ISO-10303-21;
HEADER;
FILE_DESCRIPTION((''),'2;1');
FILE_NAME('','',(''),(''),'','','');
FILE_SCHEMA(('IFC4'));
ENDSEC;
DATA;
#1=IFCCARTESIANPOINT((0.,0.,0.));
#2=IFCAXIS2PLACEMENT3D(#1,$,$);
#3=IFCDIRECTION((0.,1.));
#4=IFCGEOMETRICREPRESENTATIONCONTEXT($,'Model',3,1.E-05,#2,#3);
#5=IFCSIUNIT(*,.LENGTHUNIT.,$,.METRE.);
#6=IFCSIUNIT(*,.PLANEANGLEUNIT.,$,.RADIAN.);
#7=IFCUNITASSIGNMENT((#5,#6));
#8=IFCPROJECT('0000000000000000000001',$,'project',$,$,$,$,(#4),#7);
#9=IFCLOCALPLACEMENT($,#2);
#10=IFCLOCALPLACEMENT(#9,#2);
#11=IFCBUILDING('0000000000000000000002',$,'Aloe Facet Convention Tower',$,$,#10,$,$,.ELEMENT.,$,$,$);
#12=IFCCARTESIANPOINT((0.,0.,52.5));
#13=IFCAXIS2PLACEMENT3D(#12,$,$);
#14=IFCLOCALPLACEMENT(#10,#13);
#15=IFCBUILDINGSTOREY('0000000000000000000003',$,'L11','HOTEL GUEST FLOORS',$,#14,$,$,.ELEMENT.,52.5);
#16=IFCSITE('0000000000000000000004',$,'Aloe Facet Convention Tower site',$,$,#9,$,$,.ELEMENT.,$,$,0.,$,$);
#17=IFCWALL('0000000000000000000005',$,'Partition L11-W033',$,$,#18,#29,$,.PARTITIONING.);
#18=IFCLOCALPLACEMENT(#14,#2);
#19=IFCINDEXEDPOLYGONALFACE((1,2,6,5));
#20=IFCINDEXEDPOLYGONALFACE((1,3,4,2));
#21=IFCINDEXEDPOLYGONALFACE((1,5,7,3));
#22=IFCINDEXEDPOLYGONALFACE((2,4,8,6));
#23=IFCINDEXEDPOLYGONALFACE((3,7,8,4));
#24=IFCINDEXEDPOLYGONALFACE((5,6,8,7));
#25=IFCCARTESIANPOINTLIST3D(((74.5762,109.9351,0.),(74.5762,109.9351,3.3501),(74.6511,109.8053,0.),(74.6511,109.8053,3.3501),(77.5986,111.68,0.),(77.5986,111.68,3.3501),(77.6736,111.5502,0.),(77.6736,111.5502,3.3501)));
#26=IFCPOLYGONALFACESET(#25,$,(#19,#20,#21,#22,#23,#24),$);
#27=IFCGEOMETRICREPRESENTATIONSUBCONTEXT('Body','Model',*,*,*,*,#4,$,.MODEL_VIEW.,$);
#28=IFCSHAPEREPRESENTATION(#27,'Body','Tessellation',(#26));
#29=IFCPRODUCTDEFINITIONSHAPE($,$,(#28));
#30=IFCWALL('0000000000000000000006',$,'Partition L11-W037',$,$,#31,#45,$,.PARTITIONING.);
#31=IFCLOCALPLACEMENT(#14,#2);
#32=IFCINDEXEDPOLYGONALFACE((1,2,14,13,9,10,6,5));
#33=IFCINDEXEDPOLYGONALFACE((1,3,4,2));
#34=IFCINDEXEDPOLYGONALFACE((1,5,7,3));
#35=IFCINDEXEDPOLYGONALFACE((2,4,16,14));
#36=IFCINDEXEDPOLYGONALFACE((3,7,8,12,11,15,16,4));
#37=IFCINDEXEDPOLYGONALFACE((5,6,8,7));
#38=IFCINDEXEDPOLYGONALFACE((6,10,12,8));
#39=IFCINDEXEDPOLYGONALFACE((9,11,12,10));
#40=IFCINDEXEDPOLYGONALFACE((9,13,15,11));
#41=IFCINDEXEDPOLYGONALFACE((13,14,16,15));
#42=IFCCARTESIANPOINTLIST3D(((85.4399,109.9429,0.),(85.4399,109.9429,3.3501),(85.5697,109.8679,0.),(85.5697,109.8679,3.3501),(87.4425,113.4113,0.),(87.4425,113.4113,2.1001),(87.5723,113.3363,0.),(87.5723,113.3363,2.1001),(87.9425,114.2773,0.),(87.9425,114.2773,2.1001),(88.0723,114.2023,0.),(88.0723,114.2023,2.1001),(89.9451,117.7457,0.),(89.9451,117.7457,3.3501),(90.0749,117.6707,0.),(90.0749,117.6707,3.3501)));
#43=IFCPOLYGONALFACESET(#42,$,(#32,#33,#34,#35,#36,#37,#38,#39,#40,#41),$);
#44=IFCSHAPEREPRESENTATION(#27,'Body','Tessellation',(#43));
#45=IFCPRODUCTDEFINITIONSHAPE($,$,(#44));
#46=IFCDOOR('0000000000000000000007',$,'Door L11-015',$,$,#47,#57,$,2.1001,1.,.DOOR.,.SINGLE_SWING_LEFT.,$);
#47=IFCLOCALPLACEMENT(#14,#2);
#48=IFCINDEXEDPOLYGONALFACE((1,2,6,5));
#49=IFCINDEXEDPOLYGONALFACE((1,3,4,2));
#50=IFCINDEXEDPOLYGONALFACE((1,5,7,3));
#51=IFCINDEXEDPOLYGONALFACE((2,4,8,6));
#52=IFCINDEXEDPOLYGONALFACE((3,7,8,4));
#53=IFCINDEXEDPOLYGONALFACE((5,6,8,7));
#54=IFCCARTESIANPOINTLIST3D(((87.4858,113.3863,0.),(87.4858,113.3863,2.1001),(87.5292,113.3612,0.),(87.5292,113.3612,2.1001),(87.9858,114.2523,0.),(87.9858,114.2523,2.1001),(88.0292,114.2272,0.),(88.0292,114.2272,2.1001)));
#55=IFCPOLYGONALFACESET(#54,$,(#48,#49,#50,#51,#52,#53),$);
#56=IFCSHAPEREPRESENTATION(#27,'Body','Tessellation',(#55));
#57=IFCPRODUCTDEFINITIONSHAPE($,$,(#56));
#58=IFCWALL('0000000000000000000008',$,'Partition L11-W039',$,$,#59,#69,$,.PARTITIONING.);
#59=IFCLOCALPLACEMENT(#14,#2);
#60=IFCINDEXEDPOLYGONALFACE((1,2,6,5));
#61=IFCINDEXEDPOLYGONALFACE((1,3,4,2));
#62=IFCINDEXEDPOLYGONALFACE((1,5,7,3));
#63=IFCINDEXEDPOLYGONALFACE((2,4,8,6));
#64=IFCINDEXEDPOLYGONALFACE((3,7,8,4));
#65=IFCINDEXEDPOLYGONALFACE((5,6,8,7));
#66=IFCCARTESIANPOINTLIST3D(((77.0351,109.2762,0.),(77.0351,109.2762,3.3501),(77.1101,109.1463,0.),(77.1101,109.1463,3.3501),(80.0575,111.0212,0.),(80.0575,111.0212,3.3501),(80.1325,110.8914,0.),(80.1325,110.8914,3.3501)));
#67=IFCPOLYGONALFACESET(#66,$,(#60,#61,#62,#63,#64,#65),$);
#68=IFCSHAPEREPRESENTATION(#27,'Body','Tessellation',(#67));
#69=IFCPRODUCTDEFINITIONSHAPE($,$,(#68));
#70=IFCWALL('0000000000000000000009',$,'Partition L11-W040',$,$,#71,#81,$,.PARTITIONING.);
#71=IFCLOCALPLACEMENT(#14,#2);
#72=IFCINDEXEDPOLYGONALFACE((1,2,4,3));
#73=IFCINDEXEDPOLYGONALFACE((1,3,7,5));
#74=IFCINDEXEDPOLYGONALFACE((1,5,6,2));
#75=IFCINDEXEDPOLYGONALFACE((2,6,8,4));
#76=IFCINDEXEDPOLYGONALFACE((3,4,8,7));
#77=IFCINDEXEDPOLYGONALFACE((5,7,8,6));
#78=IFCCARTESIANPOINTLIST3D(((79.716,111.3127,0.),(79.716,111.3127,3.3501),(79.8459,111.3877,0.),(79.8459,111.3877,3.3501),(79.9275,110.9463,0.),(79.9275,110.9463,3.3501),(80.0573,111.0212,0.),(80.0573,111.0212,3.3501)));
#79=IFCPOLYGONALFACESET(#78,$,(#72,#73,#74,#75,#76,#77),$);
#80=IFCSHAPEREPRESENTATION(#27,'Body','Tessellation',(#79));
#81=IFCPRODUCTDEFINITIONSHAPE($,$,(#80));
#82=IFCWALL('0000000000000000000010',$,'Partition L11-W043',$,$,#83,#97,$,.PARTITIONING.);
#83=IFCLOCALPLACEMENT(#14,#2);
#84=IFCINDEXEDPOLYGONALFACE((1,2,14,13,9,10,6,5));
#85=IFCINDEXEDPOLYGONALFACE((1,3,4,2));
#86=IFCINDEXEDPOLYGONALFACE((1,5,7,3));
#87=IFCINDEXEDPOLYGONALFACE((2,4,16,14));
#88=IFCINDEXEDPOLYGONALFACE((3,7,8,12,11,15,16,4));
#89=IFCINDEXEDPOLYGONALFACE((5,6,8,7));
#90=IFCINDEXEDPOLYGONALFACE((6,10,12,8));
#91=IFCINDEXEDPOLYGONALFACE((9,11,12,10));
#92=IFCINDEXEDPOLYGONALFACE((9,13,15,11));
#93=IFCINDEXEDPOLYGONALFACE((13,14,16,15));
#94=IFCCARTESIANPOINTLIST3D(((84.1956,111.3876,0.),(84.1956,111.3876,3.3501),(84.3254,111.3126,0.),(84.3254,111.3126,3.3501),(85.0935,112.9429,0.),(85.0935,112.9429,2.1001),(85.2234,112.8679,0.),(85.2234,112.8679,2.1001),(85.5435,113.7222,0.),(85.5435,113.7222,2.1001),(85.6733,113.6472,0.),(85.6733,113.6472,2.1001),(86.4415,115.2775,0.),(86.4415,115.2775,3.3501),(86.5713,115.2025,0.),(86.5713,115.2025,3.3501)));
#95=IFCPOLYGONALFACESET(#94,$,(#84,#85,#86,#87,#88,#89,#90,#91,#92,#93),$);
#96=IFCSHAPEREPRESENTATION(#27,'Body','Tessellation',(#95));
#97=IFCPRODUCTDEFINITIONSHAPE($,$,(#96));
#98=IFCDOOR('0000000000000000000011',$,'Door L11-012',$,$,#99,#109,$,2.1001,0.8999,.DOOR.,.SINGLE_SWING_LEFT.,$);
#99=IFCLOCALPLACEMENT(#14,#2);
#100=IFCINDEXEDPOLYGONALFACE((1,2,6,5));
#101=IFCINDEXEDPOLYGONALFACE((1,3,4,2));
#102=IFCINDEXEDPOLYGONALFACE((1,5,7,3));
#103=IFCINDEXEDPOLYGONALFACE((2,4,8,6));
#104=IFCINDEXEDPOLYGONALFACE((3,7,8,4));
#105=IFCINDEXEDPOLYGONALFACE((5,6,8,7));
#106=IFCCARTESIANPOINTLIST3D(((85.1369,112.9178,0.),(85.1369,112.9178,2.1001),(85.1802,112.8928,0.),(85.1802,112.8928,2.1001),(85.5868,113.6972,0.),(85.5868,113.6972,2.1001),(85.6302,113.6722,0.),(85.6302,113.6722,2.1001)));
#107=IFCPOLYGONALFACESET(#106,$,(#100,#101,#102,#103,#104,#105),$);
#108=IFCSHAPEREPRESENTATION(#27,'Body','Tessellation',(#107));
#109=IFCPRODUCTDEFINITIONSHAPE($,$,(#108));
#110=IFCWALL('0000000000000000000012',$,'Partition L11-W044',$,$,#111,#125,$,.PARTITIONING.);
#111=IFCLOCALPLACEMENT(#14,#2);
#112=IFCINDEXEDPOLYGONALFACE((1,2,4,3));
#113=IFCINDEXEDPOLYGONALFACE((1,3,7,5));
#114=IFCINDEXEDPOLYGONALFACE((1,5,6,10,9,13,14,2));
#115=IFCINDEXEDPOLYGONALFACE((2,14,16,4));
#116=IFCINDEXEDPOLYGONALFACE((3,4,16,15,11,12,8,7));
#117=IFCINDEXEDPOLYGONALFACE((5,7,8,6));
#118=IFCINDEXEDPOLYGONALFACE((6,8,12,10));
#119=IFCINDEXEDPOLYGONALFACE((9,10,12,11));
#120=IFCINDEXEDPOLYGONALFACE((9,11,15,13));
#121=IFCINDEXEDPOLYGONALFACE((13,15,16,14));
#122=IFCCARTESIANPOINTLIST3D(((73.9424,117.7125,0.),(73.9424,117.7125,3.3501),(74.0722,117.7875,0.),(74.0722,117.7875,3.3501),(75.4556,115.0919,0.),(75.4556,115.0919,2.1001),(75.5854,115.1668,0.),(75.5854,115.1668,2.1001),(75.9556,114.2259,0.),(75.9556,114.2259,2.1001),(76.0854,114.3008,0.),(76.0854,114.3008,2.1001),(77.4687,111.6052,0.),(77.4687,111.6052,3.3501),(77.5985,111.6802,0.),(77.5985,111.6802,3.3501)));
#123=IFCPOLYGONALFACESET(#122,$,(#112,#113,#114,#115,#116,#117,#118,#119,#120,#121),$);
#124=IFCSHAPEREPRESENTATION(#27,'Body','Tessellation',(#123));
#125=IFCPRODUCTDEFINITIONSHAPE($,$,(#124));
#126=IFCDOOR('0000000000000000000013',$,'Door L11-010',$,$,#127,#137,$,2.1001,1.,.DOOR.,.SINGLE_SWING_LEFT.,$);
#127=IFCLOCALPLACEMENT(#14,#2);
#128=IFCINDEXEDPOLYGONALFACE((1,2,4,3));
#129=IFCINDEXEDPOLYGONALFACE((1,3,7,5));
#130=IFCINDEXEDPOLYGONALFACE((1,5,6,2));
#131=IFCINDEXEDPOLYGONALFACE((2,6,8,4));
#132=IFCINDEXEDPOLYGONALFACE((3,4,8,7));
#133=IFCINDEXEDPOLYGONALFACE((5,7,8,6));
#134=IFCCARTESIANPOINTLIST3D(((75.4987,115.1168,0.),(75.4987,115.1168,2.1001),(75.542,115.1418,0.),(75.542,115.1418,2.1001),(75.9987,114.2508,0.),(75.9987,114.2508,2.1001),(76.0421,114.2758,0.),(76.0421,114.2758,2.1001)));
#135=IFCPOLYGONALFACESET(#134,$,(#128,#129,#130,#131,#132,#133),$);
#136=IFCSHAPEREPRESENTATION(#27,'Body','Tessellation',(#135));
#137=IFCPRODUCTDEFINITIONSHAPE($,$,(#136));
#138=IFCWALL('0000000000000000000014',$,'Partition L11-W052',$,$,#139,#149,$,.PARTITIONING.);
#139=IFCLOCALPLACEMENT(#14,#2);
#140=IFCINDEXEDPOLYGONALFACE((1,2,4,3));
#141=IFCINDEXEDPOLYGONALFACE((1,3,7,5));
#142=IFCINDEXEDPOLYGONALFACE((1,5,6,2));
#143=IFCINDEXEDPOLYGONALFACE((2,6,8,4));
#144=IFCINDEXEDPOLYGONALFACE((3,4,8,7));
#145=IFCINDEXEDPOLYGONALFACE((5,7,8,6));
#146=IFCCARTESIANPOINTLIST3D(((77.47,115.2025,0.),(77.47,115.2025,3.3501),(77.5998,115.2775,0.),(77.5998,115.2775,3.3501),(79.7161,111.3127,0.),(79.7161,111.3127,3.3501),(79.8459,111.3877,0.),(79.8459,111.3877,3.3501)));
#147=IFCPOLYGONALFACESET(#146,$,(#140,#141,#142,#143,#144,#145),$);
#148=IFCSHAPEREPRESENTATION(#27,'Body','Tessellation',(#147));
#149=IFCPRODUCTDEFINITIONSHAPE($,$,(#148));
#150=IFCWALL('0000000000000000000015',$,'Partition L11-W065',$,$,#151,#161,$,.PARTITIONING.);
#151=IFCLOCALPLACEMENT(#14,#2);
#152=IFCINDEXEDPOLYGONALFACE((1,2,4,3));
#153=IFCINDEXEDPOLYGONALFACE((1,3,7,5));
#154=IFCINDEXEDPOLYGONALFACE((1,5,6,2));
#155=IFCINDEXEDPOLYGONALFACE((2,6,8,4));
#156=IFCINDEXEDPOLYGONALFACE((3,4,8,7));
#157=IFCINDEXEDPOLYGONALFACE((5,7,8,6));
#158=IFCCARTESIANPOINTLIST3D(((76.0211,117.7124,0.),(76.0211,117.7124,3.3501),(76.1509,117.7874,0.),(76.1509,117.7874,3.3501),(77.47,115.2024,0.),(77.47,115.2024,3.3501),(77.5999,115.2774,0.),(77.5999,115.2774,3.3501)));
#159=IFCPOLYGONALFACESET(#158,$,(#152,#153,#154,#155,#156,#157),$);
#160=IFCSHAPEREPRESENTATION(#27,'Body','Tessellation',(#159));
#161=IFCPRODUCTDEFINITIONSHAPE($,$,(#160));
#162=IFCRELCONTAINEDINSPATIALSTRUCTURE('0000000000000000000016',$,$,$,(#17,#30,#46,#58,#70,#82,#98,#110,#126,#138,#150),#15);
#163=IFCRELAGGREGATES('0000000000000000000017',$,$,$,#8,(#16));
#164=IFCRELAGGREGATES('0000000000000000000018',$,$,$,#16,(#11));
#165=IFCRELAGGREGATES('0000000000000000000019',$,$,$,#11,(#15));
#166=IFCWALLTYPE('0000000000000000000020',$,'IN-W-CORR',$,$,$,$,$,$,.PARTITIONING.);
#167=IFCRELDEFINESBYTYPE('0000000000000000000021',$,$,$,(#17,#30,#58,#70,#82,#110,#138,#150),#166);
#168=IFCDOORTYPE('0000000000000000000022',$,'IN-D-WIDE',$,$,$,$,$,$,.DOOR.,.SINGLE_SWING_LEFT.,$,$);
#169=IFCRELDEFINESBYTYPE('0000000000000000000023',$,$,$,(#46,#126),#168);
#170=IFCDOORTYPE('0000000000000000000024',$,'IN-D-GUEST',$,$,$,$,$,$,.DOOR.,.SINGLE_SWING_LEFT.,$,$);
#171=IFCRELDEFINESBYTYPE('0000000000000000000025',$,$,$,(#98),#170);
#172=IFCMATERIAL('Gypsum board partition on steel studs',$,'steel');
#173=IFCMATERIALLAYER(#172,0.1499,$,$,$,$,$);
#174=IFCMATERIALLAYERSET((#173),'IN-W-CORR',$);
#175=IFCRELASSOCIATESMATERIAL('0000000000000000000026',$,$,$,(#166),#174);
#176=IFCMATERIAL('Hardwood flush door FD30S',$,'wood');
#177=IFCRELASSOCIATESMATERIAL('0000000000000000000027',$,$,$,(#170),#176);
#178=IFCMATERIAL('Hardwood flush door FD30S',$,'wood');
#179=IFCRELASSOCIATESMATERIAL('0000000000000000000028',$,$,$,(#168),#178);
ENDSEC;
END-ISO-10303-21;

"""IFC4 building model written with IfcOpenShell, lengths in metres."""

from ifc_helpers import new_model, si_unit, direction, frame, frame_2d, origin, place, context, subcontext, project, spatial, rectangle, extrude, material, layer, layer_set, type_object, element, fill, save


model = new_model("IFC4")

# Units and contexts
model_context = context("Model", 3, precision=1e-05, world=origin(), true_north=direction((0.0, 1.0)))
body_context = subcontext(model_context, "Body", "Model", "MODEL_VIEW")
ifc_project = project(units=[si_unit("LENGTHUNIT", "METRE"), si_unit("PLANEANGLEUNIT", "RADIAN")], contexts=[model_context])

# Site, building, storey
site_placement = place(None, origin())
site = spatial("IfcSite", under=ifc_project, at=site_placement, Name="Aloe Facet Convention Tower site", CompositionType="ELEMENT", RefElevation=0.0)
building_placement = place(site_placement, origin())
building = spatial("IfcBuilding", under=site, at=building_placement, Name="Aloe Facet Convention Tower", CompositionType="ELEMENT")
storey_placement = place(building_placement, frame((0.0, 0.0, 52.5)))
storey = spatial("IfcBuildingStorey", under=building, at=storey_placement, Name="L11", Description="HOTEL GUEST FLOORS", CompositionType="ELEMENT", Elevation=52.5)

# Shared definitions
ifc_material_1 = material(Name="Gypsum board partition on steel studs", Category="steel")
ifc_layer_1 = layer(ifc_material_1, 0.1499)
ifc_layer_set_1 = layer_set([ifc_layer_1], Name="IN-W-CORR")
wall_type_1 = type_object("IfcWallType", Name="IN-W-CORR", PredefinedType="PARTITIONING", material=ifc_layer_set_1)
ifc_material_2 = material(Name="Hardwood flush door FD30S", Category="wood")
door_type_1 = type_object("IfcDoorType", Name="IN-D-GUEST", OperationType="SINGLE_SWING_LEFT", PredefinedType="DOOR", material=ifc_material_2)

# Wall
wall_1_placement = place(storey_placement, frame((74.6135, 109.8701, 0.0), z_axis=(0.0, 0.0, 1.0), x_axis=(0.866043, 0.499969, 0.0)))
element("IfcWall", 1, at=wall_1_placement, inside=storey, type_object=wall_type_1, Name="Partition L11-W033", PredefinedType="PARTITIONING", context=body_context, shape_type="SweptSolid", body=[
    extrude(rectangle(XDim=3.49, YDim=0.1499, at=frame_2d((1.7451, 0.0))), origin(), (0.0, 0.0, 1.0), 3.3501),
])

# Wall, opening, door
wall_2_placement = place(storey_placement, frame((85.5049, 109.9055, 0.0), z_axis=(0.0, 0.0, 1.0), x_axis=(0.500018, 0.866015, 0.0)))
wall_2 = element("IfcWall", 2, at=wall_2_placement, inside=storey, type_object=wall_type_1, Name="Partition L11-W037", PredefinedType="PARTITIONING", context=body_context, shape_type="SweptSolid", body=[
    extrude(rectangle(XDim=9.01, YDim=0.1499, at=frame_2d((4.5049, 0.0))), origin(), (0.0, 0.0, 1.0), 3.3501),
])
opening_1_placement = place(wall_2_placement, frame((4.0049, 0.0, 0.0)))
opening_1 = element("IfcOpeningElement", 3, at=opening_1_placement, cuts=wall_2, PredefinedType="OPENING", context=body_context, shape_type="SweptSolid", body=[
    extrude(rectangle(XDim=1.0, YDim=2.1001, at=frame_2d((0.5, 1.05))), frame((0.0, 0.085, 0.0), z_axis=(0.0, -1.0, 0.0), x_axis=(1.0, 0.0, 0.0)), (0.0, 0.0, 1.0), 0.1699),
])
ifc_material_3 = material(Name="Hardwood flush door FD30S", Category="wood")
door_type_2 = type_object("IfcDoorType", Name="IN-D-WIDE", OperationType="SINGLE_SWING_LEFT", PredefinedType="DOOR", material=ifc_material_3)
door_1_placement = place(opening_1_placement, origin())
door_1 = element("IfcDoor", 4, at=door_1_placement, inside=storey, type_object=door_type_2, Name="Door L11-015", OperationType="SINGLE_SWING_LEFT", OverallHeight=2.1001, OverallWidth=1.0, PredefinedType="DOOR", context=body_context, shape_type="SweptSolid", body=[
    extrude(rectangle(XDim=1.0, YDim=2.1001, at=frame_2d((0.5, 1.05))), frame((0.0, 0.0249, 0.0), z_axis=(0.0, -1.0, 0.0), x_axis=(1.0, 0.0, 0.0)), (0.0, 0.0, 1.0), 0.05),
])
fill(opening_1, door_1)

# Walls
wall_3_placement = place(storey_placement, frame((77.0725, 109.2112, 0.0), z_axis=(0.0, 0.0, 1.0), x_axis=(0.866013, 0.500021, 0.0)))
element("IfcWall", 5, at=wall_3_placement, inside=storey, type_object=wall_type_1, Name="Partition L11-W039", PredefinedType="PARTITIONING", context=body_context, shape_type="SweptSolid", body=[
    extrude(rectangle(XDim=3.49, YDim=0.1499, at=frame_2d((1.7451, 0.0))), origin(), (0.0, 0.0, 1.0), 3.3501),
])
wall_4_placement = place(storey_placement, frame((79.781, 111.3501, 0.0), z_axis=(0.0, 0.0, 1.0), x_axis=(0.499739, -0.866176, 0.0)))
element("IfcWall", 6, at=wall_4_placement, inside=storey, type_object=wall_type_1, Name="Partition L11-W040", PredefinedType="PARTITIONING", context=body_context, shape_type="SweptSolid", body=[
    extrude(rectangle(XDim=0.4231, YDim=0.1499, at=frame_2d((0.2114, 0.0))), origin(), (0.0, 0.0, 1.0), 3.3501),
])

# Walls, openings, doors
wall_5_placement = place(storey_placement, frame((84.2605, 111.3501, 0.0), z_axis=(0.0, 0.0, 1.0), x_axis=(0.500003, 0.866024, 0.0)))
wall_5 = element("IfcWall", 7, at=wall_5_placement, inside=storey, type_object=wall_type_1, Name="Partition L11-W043", PredefinedType="PARTITIONING", context=body_context, shape_type="SweptSolid", body=[
    extrude(rectangle(XDim=4.4917, YDim=0.1499, at=frame_2d((2.2458, 0.0))), origin(), (0.0, 0.0, 1.0), 3.3501),
])
opening_2_placement = place(wall_5_placement, frame((1.7959, 0.0, 0.0)))
opening_2 = element("IfcOpeningElement", 8, at=opening_2_placement, cuts=wall_5, PredefinedType="OPENING", context=body_context, shape_type="SweptSolid", body=[
    extrude(rectangle(XDim=0.8999, YDim=2.1001, at=frame_2d((0.45, 1.05))), frame((0.0, 0.085, 0.0), z_axis=(0.0, -1.0, 0.0), x_axis=(1.0, 0.0, 0.0)), (0.0, 0.0, 1.0), 0.1699),
])
door_2_placement = place(opening_2_placement, origin())
door_2 = element("IfcDoor", 9, at=door_2_placement, inside=storey, type_object=door_type_1, Name="Door L11-012", OperationType="SINGLE_SWING_LEFT", OverallHeight=2.1001, OverallWidth=0.8999, PredefinedType="DOOR", context=body_context, shape_type="SweptSolid", body=[
    extrude(rectangle(XDim=0.8999, YDim=2.1001, at=frame_2d((0.45, 1.05))), frame((0.0, 0.0249, 0.0), z_axis=(0.0, -1.0, 0.0), x_axis=(1.0, 0.0, 0.0)), (0.0, 0.0, 1.0), 0.05),
])
fill(opening_2, door_2)
wall_6_placement = place(storey_placement, frame((74.0073, 117.75, 0.0), z_axis=(0.0, 0.0, 1.0), x_axis=(0.500026, -0.86601, 0.0)))
wall_6 = element("IfcWall", 10, at=wall_6_placement, inside=storey, type_object=wall_type_1, Name="Partition L11-W044", PredefinedType="PARTITIONING", context=body_context, shape_type="SweptSolid", body=[
    extrude(rectangle(XDim=7.0522, YDim=0.1499, at=frame_2d((3.5261, 0.0))), origin(), (0.0, 0.0, 1.0), 3.3501),
])
opening_3_placement = place(wall_6_placement, frame((3.0261, 0.0, 0.0)))
opening_3 = element("IfcOpeningElement", 11, at=opening_3_placement, cuts=wall_6, PredefinedType="OPENING", context=body_context, shape_type="SweptSolid", body=[
    extrude(rectangle(XDim=1.0, YDim=2.1001, at=frame_2d((0.5, 1.05))), frame((0.0, 0.085, 0.0), z_axis=(0.0, -1.0, 0.0), x_axis=(1.0, 0.0, 0.0)), (0.0, 0.0, 1.0), 0.1699),
])
door_3_placement = place(opening_3_placement, origin())
door_3 = element("IfcDoor", 12, at=door_3_placement, inside=storey, type_object=door_type_2, Name="Door L11-010", OperationType="SINGLE_SWING_LEFT", OverallHeight=2.1001, OverallWidth=1.0, PredefinedType="DOOR", context=body_context, shape_type="SweptSolid", body=[
    extrude(rectangle(XDim=1.0, YDim=2.1001, at=frame_2d((0.5, 1.05))), frame((0.0, 0.0249, 0.0), z_axis=(0.0, -1.0, 0.0), x_axis=(1.0, 0.0, 0.0)), (0.0, 0.0, 1.0), 0.05),
])
fill(opening_3, door_3)

# Walls
wall_7_placement = place(storey_placement, frame((77.5349, 115.24, 0.0), z_axis=(0.0, 0.0, 1.0), x_axis=(0.500044, -0.866, 0.0)))
element("IfcWall", 13, at=wall_7_placement, inside=storey, type_object=wall_type_1, Name="Partition L11-W052", PredefinedType="PARTITIONING", context=body_context, shape_type="SweptSolid", body=[
    extrude(rectangle(XDim=4.4917, YDim=0.1499, at=frame_2d((2.2458, 0.0))), origin(), (0.0, 0.0, 1.0), 3.3501),
])
wall_8_placement = place(storey_placement, frame((76.0859, 117.75, 0.0), z_axis=(0.0, 0.0, 1.0), x_axis=(0.499953, -0.866052, 0.0)))
element("IfcWall", 14, at=wall_8_placement, inside=storey, type_object=wall_type_1, Name="Partition L11-W065", PredefinedType="PARTITIONING", context=body_context, shape_type="SweptSolid", body=[
    extrude(rectangle(XDim=2.8982, YDim=0.1499, at=frame_2d((1.4492, 0.0))), origin(), (0.0, 0.0, 1.0), 3.3501),
])

save(model, "model.ifc")
